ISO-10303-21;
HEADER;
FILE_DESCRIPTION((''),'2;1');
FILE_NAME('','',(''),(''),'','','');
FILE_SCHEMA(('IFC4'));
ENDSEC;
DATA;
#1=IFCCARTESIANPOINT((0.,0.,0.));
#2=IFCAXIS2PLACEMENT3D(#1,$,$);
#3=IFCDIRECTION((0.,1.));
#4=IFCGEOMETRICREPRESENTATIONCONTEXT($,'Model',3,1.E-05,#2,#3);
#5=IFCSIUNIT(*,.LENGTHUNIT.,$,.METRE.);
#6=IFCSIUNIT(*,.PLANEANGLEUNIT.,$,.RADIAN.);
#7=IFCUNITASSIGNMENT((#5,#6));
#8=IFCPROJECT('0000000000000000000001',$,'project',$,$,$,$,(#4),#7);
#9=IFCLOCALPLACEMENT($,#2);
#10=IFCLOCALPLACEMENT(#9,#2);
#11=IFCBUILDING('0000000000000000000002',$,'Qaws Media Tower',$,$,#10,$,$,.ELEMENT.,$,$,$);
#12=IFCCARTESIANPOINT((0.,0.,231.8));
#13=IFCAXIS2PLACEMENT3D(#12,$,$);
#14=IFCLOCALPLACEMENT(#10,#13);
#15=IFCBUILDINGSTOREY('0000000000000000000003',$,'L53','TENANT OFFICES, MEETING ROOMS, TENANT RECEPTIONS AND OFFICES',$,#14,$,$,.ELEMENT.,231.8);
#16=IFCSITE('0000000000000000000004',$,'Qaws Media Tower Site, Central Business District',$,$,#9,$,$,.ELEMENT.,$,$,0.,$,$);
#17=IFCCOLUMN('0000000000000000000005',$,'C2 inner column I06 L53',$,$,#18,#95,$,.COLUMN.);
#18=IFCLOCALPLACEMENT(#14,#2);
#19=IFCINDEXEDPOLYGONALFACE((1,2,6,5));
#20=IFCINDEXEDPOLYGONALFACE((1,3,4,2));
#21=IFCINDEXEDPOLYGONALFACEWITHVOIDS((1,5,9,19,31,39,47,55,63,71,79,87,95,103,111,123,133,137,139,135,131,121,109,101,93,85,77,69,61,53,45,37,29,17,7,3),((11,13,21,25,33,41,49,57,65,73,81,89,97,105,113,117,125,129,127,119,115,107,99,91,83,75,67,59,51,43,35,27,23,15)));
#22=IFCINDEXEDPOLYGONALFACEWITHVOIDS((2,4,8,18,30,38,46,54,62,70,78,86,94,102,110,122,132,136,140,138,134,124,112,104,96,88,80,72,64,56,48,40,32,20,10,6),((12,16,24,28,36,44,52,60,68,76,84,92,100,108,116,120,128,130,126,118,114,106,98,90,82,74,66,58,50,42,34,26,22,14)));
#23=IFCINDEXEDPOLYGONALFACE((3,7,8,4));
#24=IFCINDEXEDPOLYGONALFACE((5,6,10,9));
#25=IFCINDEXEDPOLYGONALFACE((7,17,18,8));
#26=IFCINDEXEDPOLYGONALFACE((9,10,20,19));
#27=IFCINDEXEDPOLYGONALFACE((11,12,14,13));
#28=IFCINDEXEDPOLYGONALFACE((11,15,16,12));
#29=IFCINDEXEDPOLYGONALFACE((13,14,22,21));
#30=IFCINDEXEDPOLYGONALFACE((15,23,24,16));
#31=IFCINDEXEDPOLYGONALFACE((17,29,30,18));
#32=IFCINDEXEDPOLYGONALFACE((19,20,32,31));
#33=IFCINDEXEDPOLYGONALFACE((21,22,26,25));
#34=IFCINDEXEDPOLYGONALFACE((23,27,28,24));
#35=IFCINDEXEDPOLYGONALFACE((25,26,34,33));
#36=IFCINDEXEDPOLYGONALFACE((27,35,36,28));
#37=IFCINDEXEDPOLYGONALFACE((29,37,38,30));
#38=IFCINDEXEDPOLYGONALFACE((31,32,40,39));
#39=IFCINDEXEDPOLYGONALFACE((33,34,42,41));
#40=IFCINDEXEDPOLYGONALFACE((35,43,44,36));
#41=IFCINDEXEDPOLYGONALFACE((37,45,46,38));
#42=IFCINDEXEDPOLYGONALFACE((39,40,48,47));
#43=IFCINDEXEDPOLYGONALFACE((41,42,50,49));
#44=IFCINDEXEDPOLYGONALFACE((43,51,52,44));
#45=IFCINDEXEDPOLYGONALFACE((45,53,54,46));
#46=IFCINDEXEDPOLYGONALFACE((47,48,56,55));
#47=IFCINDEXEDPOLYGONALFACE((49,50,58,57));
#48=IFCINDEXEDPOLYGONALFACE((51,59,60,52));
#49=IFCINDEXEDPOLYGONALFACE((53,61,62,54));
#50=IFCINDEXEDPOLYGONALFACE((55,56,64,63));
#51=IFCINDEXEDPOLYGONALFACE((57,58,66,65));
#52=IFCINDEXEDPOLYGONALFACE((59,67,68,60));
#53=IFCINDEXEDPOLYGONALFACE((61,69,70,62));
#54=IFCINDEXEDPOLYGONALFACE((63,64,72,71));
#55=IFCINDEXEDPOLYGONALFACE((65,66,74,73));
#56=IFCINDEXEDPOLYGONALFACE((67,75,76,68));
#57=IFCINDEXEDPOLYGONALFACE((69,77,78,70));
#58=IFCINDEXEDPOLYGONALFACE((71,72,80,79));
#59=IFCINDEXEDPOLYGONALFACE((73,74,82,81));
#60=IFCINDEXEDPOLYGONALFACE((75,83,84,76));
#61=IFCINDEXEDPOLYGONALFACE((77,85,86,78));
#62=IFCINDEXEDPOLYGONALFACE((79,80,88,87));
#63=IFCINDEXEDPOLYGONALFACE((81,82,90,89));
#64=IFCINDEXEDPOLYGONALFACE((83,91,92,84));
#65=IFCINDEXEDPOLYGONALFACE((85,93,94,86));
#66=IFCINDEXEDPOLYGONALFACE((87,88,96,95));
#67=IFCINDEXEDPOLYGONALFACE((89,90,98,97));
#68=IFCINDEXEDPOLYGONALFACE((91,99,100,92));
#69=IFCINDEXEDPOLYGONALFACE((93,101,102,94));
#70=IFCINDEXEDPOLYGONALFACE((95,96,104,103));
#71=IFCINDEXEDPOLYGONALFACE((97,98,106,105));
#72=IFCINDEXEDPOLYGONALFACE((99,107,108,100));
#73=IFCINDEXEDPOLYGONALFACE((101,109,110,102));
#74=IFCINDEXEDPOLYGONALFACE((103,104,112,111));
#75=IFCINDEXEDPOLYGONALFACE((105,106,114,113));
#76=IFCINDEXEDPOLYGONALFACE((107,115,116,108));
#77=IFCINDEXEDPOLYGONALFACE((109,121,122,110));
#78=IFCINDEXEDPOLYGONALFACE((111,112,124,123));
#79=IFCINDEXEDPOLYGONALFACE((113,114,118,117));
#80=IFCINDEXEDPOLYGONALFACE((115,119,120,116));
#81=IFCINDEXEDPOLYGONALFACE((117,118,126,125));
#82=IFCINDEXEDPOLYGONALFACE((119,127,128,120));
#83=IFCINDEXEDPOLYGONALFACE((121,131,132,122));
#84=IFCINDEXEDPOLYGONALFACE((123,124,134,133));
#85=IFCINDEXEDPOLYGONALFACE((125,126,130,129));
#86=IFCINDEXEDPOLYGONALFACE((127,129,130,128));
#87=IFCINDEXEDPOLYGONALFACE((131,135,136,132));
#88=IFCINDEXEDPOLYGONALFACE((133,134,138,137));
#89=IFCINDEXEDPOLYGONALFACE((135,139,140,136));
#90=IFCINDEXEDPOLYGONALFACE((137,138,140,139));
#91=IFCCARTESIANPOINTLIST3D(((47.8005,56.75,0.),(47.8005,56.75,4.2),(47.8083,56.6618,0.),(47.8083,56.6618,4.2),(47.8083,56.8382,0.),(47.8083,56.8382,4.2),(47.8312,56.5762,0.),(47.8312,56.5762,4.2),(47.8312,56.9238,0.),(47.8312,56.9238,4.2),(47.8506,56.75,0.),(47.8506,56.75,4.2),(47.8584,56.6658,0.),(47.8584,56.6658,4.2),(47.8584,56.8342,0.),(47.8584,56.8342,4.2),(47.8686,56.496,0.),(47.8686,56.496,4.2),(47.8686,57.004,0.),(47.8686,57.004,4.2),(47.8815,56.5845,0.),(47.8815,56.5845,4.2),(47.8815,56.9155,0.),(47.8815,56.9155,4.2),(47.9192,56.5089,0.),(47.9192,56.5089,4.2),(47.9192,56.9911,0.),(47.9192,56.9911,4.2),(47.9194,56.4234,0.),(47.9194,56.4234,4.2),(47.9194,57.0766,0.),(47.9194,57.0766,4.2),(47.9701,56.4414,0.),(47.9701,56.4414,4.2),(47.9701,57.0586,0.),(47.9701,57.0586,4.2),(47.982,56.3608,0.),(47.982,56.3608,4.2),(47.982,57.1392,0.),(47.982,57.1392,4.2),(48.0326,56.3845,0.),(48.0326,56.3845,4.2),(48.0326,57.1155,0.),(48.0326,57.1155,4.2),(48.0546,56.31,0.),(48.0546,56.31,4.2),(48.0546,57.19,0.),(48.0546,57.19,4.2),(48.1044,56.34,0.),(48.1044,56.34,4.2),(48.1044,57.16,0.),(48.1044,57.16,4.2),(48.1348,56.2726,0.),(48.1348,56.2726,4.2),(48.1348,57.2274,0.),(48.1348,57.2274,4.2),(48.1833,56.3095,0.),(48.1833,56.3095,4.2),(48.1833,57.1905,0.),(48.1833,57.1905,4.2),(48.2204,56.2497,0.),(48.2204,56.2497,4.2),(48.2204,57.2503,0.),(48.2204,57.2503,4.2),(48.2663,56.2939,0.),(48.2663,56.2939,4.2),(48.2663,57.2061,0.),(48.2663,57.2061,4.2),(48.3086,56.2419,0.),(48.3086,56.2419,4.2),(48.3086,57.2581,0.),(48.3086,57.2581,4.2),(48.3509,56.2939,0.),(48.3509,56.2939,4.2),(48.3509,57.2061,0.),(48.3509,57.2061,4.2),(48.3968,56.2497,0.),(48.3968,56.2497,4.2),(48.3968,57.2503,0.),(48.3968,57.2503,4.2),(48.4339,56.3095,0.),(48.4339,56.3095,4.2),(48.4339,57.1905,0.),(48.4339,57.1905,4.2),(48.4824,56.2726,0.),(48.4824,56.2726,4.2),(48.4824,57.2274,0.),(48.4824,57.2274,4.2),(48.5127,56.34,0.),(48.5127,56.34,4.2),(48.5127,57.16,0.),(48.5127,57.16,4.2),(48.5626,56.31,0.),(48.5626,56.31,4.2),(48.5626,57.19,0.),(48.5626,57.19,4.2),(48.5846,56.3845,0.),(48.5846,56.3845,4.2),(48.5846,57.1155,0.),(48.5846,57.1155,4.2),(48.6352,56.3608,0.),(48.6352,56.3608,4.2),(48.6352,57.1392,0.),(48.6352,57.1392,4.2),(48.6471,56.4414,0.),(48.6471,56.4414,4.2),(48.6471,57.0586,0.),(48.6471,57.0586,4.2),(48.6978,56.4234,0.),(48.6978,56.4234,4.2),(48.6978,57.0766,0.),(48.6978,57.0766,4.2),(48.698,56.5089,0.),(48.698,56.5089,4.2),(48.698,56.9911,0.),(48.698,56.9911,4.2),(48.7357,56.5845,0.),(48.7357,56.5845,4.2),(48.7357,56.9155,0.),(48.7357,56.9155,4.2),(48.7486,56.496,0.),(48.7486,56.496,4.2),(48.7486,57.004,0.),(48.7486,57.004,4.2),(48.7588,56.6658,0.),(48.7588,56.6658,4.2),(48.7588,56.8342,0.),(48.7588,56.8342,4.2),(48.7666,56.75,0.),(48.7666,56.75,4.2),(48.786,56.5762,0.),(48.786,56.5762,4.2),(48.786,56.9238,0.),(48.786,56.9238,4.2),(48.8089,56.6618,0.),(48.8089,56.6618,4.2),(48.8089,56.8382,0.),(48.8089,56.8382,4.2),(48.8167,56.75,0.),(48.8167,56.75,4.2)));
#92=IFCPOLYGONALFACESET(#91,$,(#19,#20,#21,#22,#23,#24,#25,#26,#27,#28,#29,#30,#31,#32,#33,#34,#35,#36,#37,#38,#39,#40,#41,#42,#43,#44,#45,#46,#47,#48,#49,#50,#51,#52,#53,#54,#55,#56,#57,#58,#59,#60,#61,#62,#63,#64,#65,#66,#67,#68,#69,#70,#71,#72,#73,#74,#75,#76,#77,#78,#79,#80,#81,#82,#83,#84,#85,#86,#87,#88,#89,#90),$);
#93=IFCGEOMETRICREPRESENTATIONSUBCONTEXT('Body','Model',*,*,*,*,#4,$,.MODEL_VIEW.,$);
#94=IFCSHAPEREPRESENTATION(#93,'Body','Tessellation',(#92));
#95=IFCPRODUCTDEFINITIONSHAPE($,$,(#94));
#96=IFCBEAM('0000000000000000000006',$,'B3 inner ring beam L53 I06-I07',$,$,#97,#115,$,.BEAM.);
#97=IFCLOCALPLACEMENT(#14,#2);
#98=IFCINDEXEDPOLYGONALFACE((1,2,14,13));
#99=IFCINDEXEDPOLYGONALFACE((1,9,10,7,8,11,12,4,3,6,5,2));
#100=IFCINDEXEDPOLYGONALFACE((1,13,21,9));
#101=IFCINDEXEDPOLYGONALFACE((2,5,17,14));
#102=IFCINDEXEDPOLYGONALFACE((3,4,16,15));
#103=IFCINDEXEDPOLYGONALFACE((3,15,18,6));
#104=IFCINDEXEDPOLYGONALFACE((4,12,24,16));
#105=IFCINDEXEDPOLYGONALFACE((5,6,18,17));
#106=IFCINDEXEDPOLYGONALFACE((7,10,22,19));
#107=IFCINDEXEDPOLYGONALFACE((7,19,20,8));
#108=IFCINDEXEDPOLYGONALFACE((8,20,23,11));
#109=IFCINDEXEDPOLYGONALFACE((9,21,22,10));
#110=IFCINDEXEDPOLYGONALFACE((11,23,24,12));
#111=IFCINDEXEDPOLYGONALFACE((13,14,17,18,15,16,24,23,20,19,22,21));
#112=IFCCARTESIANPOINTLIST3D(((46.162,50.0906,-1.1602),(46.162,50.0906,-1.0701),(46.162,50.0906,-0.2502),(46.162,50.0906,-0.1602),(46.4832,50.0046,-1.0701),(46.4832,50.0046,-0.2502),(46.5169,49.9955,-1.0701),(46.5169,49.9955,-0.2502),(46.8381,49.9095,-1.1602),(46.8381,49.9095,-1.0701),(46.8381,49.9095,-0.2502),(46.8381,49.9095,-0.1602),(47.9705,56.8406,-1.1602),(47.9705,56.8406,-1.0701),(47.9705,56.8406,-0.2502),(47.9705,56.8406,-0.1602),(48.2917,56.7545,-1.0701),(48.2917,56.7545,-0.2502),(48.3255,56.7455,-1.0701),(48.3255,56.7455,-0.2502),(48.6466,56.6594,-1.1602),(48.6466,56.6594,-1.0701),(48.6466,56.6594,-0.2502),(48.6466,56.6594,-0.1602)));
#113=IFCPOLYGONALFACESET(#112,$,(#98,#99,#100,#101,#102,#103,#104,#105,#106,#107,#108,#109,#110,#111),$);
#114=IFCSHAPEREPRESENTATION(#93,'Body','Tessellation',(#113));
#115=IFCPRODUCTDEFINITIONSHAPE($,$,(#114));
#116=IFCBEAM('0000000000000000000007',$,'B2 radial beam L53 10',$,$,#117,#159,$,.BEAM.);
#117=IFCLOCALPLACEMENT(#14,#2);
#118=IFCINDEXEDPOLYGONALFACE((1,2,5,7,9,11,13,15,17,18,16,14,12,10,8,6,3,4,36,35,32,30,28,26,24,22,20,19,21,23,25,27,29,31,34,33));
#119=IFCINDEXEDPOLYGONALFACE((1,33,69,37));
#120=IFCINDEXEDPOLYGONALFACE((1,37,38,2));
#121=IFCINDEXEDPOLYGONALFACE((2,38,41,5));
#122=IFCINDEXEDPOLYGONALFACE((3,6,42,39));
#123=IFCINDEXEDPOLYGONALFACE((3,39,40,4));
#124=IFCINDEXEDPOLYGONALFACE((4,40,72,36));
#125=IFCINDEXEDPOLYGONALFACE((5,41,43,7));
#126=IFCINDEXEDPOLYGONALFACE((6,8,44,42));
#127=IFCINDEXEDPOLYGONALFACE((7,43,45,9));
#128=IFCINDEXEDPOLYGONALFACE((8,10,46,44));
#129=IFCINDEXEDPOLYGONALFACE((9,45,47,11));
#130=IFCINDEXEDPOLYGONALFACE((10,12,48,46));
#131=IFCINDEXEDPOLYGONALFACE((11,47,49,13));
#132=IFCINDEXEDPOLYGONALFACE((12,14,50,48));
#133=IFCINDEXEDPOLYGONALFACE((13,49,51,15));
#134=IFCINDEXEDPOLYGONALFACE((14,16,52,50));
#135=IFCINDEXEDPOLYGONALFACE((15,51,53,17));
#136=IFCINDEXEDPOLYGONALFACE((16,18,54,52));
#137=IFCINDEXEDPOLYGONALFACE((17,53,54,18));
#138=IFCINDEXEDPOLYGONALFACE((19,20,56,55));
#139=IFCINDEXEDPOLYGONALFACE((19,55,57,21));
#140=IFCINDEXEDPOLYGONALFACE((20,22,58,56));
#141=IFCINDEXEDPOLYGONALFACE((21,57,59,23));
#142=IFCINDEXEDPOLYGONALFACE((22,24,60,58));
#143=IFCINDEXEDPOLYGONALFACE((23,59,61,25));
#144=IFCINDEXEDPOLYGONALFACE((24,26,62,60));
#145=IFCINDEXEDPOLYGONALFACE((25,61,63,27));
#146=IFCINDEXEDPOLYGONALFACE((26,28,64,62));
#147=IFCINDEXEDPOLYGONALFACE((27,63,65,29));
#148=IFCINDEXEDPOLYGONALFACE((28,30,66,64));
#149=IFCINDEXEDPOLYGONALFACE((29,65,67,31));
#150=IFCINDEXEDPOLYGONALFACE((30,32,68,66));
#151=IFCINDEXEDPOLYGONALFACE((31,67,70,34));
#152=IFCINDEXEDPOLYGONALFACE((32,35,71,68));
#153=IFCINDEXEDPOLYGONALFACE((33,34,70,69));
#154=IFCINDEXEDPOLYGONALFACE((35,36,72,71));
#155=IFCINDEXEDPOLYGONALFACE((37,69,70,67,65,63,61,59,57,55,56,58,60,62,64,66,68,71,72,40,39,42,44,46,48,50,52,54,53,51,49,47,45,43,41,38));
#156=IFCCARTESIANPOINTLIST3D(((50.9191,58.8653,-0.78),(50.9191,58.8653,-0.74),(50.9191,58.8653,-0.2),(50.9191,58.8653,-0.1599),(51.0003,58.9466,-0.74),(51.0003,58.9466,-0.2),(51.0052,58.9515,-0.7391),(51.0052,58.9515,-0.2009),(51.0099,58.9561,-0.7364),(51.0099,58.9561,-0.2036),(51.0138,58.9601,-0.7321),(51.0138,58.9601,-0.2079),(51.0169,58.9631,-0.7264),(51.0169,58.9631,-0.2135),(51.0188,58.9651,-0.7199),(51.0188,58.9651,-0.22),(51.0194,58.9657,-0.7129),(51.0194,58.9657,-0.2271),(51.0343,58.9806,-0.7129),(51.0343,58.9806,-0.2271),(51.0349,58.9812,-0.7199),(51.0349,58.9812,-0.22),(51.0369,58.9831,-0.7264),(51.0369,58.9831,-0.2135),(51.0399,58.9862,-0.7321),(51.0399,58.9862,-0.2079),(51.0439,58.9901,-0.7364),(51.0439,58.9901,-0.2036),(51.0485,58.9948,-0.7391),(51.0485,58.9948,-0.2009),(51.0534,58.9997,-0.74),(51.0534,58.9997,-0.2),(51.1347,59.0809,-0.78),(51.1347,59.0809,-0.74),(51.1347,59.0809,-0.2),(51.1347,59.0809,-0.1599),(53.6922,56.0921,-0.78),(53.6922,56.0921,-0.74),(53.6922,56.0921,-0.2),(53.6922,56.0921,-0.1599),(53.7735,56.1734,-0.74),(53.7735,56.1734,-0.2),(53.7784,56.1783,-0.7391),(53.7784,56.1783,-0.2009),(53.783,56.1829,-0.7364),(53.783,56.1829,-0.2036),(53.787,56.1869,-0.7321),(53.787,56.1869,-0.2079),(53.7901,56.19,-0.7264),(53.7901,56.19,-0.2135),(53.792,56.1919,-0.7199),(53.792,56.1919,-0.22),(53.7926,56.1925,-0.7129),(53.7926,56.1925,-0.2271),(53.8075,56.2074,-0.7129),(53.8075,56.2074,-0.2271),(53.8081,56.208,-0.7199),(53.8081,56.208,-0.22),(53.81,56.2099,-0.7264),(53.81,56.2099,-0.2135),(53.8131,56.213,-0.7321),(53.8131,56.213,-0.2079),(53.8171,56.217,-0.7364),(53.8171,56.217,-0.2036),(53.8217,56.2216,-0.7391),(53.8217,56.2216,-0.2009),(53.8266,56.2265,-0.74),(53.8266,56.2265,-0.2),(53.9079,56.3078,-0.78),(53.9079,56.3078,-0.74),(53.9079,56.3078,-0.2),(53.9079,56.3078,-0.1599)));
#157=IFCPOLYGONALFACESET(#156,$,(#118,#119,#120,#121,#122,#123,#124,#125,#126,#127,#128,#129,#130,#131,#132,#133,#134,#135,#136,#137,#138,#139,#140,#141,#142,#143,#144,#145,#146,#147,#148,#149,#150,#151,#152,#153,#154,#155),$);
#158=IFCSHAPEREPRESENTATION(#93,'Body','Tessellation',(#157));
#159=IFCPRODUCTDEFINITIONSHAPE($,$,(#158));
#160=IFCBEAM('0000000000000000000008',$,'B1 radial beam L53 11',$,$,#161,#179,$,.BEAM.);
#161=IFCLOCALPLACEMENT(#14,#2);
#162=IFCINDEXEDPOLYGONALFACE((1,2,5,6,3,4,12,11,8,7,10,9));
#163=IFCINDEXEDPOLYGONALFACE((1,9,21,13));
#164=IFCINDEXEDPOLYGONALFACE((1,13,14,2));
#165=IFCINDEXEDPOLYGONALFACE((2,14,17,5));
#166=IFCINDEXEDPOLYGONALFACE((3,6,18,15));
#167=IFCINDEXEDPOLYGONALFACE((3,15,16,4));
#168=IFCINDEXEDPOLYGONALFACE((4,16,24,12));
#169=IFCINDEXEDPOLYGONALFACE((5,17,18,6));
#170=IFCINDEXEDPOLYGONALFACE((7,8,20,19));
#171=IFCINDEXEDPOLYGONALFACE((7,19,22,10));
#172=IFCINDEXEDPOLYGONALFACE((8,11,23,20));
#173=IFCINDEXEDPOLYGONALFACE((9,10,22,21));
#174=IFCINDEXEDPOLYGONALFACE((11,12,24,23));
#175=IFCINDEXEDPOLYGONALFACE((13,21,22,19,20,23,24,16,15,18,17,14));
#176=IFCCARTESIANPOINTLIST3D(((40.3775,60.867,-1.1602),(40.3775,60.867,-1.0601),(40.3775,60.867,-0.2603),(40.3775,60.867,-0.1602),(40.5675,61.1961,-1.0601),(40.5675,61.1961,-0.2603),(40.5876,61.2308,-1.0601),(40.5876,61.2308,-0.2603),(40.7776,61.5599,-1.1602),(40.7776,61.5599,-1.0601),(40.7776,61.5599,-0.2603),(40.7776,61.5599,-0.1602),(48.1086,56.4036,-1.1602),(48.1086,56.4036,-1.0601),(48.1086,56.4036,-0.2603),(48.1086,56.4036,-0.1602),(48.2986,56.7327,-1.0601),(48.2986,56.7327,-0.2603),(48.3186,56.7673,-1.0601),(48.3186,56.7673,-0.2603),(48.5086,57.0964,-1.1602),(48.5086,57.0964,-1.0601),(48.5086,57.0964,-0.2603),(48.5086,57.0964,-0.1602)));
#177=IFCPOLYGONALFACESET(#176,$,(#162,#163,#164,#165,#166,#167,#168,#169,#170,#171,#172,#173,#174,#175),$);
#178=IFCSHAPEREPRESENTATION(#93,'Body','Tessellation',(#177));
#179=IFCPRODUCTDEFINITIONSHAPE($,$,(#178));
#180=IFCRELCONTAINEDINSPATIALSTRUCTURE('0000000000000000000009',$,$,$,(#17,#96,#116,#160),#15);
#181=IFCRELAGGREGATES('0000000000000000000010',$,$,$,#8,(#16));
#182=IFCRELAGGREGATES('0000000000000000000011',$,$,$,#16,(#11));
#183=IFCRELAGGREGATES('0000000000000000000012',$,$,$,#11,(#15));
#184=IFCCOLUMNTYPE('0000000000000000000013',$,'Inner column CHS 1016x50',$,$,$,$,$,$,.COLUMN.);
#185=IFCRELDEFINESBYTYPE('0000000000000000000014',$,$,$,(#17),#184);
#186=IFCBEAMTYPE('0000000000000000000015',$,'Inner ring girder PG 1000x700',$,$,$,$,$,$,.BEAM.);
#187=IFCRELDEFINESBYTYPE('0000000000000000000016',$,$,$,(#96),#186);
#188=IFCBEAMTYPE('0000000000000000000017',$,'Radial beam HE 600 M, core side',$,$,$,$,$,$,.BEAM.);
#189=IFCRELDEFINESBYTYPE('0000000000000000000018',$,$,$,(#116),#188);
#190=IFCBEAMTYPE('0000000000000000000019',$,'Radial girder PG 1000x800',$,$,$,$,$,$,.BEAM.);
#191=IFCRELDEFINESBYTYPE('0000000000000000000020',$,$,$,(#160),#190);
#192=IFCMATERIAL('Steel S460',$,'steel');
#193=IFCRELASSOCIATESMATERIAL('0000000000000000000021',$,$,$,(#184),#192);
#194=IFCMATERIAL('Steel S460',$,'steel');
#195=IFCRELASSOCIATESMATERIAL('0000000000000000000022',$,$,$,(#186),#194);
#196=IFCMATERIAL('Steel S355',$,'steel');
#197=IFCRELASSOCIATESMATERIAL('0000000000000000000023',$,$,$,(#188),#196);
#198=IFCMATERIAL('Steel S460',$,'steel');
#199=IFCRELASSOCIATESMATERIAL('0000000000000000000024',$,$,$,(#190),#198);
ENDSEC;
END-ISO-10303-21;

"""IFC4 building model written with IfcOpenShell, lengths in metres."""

from ifc_helpers import new_model, si_unit, direction, frame, origin, origin_2d, place, context, subcontext, project, spatial, hollow_circle, i_section, extrude, material, material_profile, profile_set, type_object, element, save


model = new_model("IFC4")

# Units and contexts
model_context = context("Model", 3, precision=1e-05, world=origin(), true_north=direction((0.0, 1.0)))
body_context = subcontext(model_context, "Body", "Model", "MODEL_VIEW")
ifc_project = project(units=[si_unit("LENGTHUNIT", "METRE"), si_unit("PLANEANGLEUNIT", "RADIAN")], contexts=[model_context])

# Site, building, storey
site_placement = place(None, origin())
site = spatial("IfcSite", under=ifc_project, at=site_placement, Name="Qaws Media Tower Site, Central Business District", CompositionType="ELEMENT", RefElevation=0.0)
building_placement = place(site_placement, origin())
building = spatial("IfcBuilding", under=site, at=building_placement, Name="Qaws Media Tower", CompositionType="ELEMENT")
storey_placement = place(building_placement, frame((0.0, 0.0, 231.8)))
storey = spatial("IfcBuildingStorey", under=building, at=storey_placement, Name="L53", Description="TENANT OFFICES, MEETING ROOMS, TENANT RECEPTIONS AND OFFICES", CompositionType="ELEMENT", Elevation=231.8)

# Column
ifc_material_1 = material(Name="Steel S460", Category="steel")
ifc_material_profile_1 = material_profile(ifc_material_1, hollow_circle(Radius=0.5081, WallThickness=0.05, at=origin_2d()), Name="CHS 1016x50")
ifc_profile_set_1 = profile_set([ifc_material_profile_1], Name="Steel S460")
column_type = type_object("IfcColumnType", Name="Inner column CHS 1016x50", PredefinedType="COLUMN", material=ifc_profile_set_1)
column_placement = place(storey_placement, frame((48.3086, 56.75, 0.0), z_axis=(0.0, 0.0, 1.0), x_axis=(1.0, 0.0, 0.0)))
element("IfcColumn", 1, at=column_placement, inside=storey, type_object=column_type, Name="C2 inner column I06 L53", PredefinedType="COLUMN", context=body_context, shape_type="SweptSolid", body=[
    extrude(hollow_circle(Radius=0.5081, WallThickness=0.05, at=origin_2d()), origin(), (0.0, 0.0, 1.0), 4.2),
])

# Beams
ifc_material_2 = material(Name="Steel S460", Category="steel")
ifc_material_profile_2 = material_profile(ifc_material_2, i_section(OverallWidth=0.7, OverallDepth=1.0, WebThickness=0.0349, FlangeThickness=0.0901, at=origin_2d()), Name="PG 1000x700")
ifc_profile_set_2 = profile_set([ifc_material_profile_2], Name="Steel S460")
beam_type_1 = type_object("IfcBeamType", Name="Inner ring girder PG 1000x700", PredefinedType="BEAM", material=ifc_profile_set_2)
beam_1_placement = place(storey_placement, frame((48.3086, 56.75, -0.6602), z_axis=(-0.258811, -0.965928, 0.0), x_axis=(0.965928, -0.258811, 0.0)))
element("IfcBeam", 2, at=beam_1_placement, inside=storey, type_object=beam_type_1, Name="B3 inner ring beam L53 I06-I07", PredefinedType="BEAM", context=body_context, shape_type="SweptSolid", body=[
    extrude(i_section(OverallWidth=0.7, OverallDepth=1.0, WebThickness=0.0349, FlangeThickness=0.0901, at=origin_2d()), origin(), (0.0, 0.0, 1.0), 6.988),
])
ifc_material_3 = material(Name="Steel S355", Category="steel")
ifc_material_profile_3 = material_profile(ifc_material_3, i_section(OverallWidth=0.3049, OverallDepth=0.6201, WebThickness=0.021, FlangeThickness=0.04, FilletRadius=0.0271, at=origin_2d()), Name="HE 600 M")
ifc_profile_set_3 = profile_set([ifc_material_profile_3], Name="Steel S355")
beam_type_2 = type_object("IfcBeamType", Name="Radial beam HE 600 M, core side", PredefinedType="BEAM", material=ifc_profile_set_3)
beam_2_placement = place(storey_placement, frame((53.8, 56.2, -0.47), z_axis=(-0.707107, 0.707107, 0.0), x_axis=(-0.707107, -0.707107, 0.0)))
element("IfcBeam", 3, at=beam_2_placement, inside=storey, type_object=beam_type_2, Name="B2 radial beam L53 10", PredefinedType="BEAM", context=body_context, shape_type="SweptSolid", body=[
    extrude(i_section(OverallWidth=0.3049, OverallDepth=0.6201, WebThickness=0.021, FlangeThickness=0.04, FilletRadius=0.0271, at=origin_2d()), origin(), (0.0, 0.0, 1.0), 3.9219),
])
ifc_material_4 = material(Name="Steel S460", Category="steel")
ifc_material_profile_4 = material_profile(ifc_material_4, i_section(OverallWidth=0.8, OverallDepth=1.0, WebThickness=0.04, FlangeThickness=0.1001, at=origin_2d()), Name="PG 1000x800")
ifc_profile_set_4 = profile_set([ifc_material_profile_4], Name="Steel S460")
beam_type_3 = type_object("IfcBeamType", Name="Radial girder PG 1000x800", PredefinedType="BEAM", material=ifc_profile_set_4)
beam_3_placement = place(storey_placement, frame((48.3086, 56.75, -0.6602), z_axis=(-0.86603, 0.499992, 0.0), x_axis=(-0.499992, -0.86603, 0.0)))
element("IfcBeam", 4, at=beam_3_placement, inside=storey, type_object=beam_type_3, Name="B1 radial beam L53 11", PredefinedType="BEAM", context=body_context, shape_type="SweptSolid", body=[
    extrude(i_section(OverallWidth=0.8, OverallDepth=1.0, WebThickness=0.04, FlangeThickness=0.1001, at=origin_2d()), origin(), (0.0, 0.0, 1.0), 8.927),
])

save(model, "model.ifc")
